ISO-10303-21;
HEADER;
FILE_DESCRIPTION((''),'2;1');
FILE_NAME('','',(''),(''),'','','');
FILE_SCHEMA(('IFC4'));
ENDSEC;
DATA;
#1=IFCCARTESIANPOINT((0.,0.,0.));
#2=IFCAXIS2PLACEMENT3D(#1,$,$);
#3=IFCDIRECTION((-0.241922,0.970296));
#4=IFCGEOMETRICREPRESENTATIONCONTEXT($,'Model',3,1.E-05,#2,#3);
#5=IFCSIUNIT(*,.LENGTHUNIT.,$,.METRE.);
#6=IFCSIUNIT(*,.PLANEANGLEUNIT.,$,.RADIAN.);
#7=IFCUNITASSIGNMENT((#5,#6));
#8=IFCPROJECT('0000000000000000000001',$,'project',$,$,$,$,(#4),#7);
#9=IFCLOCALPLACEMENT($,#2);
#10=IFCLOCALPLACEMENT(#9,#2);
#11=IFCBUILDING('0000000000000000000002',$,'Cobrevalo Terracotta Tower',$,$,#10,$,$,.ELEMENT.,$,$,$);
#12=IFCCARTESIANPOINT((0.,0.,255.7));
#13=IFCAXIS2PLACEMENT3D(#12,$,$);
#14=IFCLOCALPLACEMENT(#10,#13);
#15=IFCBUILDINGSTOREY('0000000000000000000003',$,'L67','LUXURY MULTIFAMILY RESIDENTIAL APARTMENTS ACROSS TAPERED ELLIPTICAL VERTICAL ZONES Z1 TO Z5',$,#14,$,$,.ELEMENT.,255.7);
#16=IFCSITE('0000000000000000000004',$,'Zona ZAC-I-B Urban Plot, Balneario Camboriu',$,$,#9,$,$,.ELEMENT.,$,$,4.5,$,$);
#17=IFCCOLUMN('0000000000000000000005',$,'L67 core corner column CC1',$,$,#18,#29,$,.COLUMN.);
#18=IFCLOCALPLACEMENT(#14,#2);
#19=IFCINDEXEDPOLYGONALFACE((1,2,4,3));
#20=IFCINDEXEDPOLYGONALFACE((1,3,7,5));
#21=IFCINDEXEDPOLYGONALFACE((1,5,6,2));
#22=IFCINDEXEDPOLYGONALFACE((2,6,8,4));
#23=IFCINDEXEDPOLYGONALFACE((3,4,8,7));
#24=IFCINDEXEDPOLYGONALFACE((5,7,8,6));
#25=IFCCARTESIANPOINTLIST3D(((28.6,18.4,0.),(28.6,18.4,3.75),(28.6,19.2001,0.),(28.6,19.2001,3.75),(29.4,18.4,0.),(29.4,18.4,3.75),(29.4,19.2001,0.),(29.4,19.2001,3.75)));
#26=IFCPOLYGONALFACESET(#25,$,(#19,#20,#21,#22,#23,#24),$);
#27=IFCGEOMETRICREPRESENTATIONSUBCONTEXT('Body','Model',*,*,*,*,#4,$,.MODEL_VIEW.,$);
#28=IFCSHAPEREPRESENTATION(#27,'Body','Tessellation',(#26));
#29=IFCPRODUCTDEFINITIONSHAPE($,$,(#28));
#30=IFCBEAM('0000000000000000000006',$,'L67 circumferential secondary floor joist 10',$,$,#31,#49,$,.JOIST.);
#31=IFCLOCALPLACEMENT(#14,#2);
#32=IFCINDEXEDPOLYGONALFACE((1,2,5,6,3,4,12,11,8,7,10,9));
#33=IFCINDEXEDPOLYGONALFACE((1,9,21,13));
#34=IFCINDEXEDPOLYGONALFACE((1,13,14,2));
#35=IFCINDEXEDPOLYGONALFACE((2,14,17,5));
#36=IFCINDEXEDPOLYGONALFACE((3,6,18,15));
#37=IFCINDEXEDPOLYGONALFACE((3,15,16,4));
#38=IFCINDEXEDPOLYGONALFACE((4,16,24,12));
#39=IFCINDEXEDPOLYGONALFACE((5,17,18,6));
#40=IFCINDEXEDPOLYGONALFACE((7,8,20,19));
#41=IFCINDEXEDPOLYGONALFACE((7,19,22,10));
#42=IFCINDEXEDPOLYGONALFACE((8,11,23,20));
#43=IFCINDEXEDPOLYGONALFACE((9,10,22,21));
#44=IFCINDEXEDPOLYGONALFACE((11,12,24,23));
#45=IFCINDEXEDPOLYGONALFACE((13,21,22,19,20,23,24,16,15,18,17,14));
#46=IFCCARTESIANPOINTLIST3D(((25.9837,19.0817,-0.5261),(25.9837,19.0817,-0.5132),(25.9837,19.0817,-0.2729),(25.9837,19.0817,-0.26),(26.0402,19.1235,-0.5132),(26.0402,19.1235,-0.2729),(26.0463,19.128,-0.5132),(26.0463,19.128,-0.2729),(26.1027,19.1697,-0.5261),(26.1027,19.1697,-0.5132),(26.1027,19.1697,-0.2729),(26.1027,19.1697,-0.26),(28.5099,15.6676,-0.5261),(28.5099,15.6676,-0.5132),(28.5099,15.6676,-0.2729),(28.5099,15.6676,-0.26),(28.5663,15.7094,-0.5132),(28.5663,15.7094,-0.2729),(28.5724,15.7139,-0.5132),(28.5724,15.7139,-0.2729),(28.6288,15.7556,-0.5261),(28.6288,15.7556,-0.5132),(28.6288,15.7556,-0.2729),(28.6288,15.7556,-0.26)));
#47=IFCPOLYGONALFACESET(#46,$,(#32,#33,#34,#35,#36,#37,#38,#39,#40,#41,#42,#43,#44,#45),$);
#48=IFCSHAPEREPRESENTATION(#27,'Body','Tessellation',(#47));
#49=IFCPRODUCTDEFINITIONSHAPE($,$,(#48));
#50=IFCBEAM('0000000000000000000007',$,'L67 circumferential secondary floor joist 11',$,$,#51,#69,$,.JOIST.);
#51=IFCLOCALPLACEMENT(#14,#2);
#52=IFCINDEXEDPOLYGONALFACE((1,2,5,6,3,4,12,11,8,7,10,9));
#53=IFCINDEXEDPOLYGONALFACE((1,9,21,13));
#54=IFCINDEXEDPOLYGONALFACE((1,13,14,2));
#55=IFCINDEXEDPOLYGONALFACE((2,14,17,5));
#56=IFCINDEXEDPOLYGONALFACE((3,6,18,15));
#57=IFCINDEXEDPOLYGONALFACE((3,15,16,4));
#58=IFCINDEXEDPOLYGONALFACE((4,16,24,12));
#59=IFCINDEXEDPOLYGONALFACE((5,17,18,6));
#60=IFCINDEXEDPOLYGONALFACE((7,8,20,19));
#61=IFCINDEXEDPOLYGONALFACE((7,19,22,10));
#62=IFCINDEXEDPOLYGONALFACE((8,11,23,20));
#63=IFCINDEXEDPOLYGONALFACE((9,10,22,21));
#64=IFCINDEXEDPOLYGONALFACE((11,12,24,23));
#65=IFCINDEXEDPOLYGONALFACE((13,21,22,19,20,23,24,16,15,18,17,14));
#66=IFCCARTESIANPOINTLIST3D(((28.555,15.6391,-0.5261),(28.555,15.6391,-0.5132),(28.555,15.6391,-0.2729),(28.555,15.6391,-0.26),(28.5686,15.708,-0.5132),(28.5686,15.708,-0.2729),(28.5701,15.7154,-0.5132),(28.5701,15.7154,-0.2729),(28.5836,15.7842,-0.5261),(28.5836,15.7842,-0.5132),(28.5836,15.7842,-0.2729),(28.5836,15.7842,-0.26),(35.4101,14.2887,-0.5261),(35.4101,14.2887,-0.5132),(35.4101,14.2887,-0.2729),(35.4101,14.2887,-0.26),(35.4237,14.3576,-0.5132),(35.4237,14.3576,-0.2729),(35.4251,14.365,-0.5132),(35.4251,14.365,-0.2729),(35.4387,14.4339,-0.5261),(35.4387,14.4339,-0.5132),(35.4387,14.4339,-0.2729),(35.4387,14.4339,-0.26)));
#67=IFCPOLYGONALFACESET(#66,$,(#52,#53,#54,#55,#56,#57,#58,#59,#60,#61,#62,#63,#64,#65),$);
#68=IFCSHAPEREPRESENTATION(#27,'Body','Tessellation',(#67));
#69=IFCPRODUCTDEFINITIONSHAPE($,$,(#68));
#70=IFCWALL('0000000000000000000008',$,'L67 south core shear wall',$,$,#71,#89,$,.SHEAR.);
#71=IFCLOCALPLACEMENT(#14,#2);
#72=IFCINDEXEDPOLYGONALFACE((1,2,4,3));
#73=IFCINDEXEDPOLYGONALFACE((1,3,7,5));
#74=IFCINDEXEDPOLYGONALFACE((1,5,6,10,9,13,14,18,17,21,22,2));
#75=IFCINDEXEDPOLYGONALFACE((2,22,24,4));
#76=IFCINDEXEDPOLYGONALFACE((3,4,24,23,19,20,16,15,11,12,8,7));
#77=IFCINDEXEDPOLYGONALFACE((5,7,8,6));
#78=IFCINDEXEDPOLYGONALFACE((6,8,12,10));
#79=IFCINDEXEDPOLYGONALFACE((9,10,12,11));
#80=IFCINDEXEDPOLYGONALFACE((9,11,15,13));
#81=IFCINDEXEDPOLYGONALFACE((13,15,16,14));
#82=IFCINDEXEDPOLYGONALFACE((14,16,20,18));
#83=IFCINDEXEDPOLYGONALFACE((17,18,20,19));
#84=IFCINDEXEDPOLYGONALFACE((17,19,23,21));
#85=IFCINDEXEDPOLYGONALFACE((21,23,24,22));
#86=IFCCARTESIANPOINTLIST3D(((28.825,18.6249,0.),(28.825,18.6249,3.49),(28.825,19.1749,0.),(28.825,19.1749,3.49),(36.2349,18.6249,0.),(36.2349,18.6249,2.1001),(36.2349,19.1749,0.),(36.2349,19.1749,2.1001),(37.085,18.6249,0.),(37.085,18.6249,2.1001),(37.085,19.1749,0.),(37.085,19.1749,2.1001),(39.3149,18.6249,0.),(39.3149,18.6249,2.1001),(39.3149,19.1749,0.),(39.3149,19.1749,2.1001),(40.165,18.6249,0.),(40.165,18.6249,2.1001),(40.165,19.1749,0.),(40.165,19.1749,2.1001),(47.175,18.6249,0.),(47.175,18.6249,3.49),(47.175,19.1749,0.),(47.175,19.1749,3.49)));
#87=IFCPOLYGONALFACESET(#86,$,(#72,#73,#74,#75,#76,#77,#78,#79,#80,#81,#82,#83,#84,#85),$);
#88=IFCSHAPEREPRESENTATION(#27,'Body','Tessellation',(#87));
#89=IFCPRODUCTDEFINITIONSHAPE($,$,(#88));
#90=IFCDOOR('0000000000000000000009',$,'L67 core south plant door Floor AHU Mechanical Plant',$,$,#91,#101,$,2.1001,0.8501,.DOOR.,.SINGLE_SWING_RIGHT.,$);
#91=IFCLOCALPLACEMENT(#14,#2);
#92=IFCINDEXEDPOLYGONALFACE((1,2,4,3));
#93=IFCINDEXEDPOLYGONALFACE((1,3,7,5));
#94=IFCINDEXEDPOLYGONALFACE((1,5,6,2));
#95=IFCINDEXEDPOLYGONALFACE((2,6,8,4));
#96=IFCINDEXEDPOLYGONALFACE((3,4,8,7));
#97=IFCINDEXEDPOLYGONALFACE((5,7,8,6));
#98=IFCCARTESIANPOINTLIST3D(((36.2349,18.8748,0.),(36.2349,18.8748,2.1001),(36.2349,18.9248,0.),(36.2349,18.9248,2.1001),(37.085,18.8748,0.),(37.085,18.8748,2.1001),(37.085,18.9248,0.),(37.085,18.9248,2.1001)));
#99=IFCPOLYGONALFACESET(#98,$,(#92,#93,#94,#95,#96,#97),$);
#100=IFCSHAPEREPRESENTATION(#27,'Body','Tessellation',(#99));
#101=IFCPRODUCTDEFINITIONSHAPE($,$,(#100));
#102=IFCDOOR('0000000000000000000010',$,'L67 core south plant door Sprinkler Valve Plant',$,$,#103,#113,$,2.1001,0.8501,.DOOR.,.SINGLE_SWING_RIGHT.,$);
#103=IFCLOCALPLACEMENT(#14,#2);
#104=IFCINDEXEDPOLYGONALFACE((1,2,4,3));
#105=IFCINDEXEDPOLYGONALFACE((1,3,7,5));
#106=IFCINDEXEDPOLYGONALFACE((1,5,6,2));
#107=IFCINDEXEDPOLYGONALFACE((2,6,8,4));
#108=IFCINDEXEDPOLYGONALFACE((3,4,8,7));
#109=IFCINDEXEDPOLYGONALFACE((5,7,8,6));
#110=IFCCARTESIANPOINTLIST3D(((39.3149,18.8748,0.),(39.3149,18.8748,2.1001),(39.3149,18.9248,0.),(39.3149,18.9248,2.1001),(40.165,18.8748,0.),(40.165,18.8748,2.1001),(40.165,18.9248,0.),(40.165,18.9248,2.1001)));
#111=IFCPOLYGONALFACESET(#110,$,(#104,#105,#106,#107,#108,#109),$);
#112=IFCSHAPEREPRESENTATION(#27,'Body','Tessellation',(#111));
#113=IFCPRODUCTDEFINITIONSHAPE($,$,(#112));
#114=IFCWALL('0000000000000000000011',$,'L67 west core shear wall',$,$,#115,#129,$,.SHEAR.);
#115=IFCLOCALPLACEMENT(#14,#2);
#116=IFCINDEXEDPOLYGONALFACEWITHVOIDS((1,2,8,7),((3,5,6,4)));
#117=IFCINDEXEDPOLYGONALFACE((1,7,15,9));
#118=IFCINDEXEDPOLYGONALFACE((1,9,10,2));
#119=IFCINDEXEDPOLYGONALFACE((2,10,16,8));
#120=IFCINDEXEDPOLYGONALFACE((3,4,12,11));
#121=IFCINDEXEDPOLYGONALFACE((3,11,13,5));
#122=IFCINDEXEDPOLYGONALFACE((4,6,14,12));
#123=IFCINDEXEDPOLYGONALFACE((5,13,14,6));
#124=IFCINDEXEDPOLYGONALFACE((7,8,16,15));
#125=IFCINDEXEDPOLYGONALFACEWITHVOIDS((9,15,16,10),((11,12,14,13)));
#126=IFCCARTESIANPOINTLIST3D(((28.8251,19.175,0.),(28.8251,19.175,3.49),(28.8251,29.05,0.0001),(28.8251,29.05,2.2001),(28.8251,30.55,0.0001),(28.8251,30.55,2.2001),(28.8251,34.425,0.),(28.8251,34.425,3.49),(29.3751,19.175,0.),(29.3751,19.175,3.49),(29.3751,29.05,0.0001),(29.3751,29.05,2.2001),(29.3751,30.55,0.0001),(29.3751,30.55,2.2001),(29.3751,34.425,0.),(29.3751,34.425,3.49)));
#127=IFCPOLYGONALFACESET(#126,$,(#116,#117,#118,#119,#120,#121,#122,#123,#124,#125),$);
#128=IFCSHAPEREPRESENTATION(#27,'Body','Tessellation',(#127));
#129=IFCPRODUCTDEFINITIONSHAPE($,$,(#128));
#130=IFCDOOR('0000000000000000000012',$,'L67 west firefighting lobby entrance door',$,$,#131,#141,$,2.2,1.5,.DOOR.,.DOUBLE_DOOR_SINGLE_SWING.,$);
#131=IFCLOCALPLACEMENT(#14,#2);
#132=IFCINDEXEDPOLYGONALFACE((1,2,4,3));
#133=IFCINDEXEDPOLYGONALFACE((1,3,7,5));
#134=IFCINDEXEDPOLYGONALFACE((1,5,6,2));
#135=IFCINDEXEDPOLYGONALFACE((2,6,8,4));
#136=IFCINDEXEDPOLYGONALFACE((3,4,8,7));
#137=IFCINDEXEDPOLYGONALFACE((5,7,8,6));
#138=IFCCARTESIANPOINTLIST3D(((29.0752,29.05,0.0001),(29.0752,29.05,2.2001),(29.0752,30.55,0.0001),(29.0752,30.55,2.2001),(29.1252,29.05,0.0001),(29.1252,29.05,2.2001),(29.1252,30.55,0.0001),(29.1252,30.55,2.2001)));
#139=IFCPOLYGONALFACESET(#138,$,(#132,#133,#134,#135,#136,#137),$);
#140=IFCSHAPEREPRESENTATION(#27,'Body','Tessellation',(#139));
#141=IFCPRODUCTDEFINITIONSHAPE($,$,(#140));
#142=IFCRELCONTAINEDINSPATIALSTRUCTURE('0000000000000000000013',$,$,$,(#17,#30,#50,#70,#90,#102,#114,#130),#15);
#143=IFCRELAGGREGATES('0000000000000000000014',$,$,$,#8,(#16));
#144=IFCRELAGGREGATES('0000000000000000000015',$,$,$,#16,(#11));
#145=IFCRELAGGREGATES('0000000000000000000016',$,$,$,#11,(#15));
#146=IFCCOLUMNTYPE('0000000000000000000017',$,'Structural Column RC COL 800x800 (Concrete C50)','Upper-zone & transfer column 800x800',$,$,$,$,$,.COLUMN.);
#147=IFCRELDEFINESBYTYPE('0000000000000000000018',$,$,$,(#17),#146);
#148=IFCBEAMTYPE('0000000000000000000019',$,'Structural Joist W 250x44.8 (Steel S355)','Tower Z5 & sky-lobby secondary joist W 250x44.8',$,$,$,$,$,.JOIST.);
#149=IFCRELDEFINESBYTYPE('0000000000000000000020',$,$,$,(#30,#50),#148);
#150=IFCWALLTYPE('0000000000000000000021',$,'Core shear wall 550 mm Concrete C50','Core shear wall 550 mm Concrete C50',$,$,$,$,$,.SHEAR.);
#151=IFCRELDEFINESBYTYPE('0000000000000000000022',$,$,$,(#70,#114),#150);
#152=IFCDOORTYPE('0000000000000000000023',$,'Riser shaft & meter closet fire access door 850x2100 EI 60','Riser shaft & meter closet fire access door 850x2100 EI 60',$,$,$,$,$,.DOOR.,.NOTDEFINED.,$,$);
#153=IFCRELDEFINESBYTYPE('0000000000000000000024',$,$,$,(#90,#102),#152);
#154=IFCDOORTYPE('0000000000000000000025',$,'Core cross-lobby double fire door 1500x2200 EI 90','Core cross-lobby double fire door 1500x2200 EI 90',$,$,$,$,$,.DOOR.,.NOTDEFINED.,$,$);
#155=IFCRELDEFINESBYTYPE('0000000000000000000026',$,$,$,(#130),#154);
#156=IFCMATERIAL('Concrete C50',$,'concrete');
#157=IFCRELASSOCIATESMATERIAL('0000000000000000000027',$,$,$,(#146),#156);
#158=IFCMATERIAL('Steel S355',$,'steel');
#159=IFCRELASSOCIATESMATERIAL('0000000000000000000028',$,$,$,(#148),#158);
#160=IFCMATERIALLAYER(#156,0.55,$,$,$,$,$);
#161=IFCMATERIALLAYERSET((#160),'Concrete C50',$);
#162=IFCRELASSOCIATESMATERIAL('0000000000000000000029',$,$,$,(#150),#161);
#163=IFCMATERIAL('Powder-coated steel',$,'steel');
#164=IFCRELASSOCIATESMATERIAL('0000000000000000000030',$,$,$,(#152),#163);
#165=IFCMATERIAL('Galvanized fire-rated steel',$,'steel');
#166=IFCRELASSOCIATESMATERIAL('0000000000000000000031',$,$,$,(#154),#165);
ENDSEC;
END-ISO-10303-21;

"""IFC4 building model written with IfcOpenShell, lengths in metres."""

from ifc_helpers import new_model, si_unit, direction, frame, frame_2d, origin, origin_2d, place, context, subcontext, project, spatial, rectangle, i_section, extrude, source, transform, mapped, material, layer, layer_set, material_profile, profile_set, type_object, element, fill, save


model = new_model("IFC4")

# Units and contexts
model_context = context("Model", 3, precision=1e-05, world=origin(), true_north=direction((-0.241922, 0.970296)))
body_context = subcontext(model_context, "Body", "Model", "MODEL_VIEW")
ifc_project = project(units=[si_unit("LENGTHUNIT", "METRE"), si_unit("PLANEANGLEUNIT", "RADIAN")], contexts=[model_context])

# Site, building, storey
site_placement = place(None, origin())
site = spatial("IfcSite", under=ifc_project, at=site_placement, Name="Zona ZAC-I-B Urban Plot, Balneario Camboriu", CompositionType="ELEMENT", RefElevation=4.5)
building_placement = place(site_placement, origin())
building = spatial("IfcBuilding", under=site, at=building_placement, Name="Cobrevalo Terracotta Tower", CompositionType="ELEMENT")
storey_placement = place(building_placement, frame((0.0, 0.0, 255.7)))
storey = spatial("IfcBuildingStorey", under=building, at=storey_placement, Name="L67", Description="LUXURY MULTIFAMILY RESIDENTIAL APARTMENTS ACROSS TAPERED ELLIPTICAL VERTICAL ZONES Z1 TO Z5", CompositionType="ELEMENT", Elevation=255.7)

# Column
ifc_material_1 = material(Name="Concrete C50", Category="concrete")
ifc_material_profile_1 = material_profile(ifc_material_1, rectangle(XDim=0.8, YDim=0.8, at=origin_2d()), Name="RC COL 800x800")
ifc_profile_set_1 = profile_set([ifc_material_profile_1], Name="Concrete C50")
column_type = type_object("IfcColumnType", Name="Structural Column RC COL 800x800 (Concrete C50)", Description="Upper-zone & transfer column 800x800", PredefinedType="COLUMN", material=ifc_profile_set_1)
column_placement = place(storey_placement, frame((29.0, 18.8, 0.0), z_axis=(0.0, 0.0, 1.0), x_axis=(1.0, 0.0, 0.0)))
element("IfcColumn", 1, at=column_placement, inside=storey, type_object=column_type, Name="L67 core corner column CC1", PredefinedType="COLUMN", context=body_context, shape_type="SweptSolid", body=[
    extrude(rectangle(XDim=0.8, YDim=0.8, at=origin_2d()), origin(), (0.0, 0.0, 1.0), 3.75),
])

# Beams
ifc_material_2 = material(Name="Steel S355", Category="steel")
ifc_material_profile_2 = material_profile(ifc_material_2, i_section(OverallWidth=0.1479, OverallDepth=0.2661, WebThickness=0.0076, FlangeThickness=0.0129, at=origin_2d()), Name="W 250x44.8")
ifc_profile_set_2 = profile_set([ifc_material_profile_2], Name="Steel S355")
beam_type = type_object("IfcBeamType", Name="Structural Joist W 250x44.8 (Steel S355)", Description="Tower Z5 & sky-lobby secondary joist W 250x44.8", PredefinedType="JOIST", material=ifc_profile_set_2)
beam_1_placement = place(storey_placement, frame((26.0432, 19.1257, -0.3931), z_axis=(0.5948, -0.803874, 0.0), x_axis=(0.803874, 0.5948, 0.0)))
element("IfcBeam", 2, at=beam_1_placement, inside=storey, type_object=beam_type, Name="L67 circumferential secondary floor joist 10", PredefinedType="JOIST", context=body_context, shape_type="SweptSolid", body=[
    extrude(i_section(OverallWidth=0.1479, OverallDepth=0.2661, WebThickness=0.0076, FlangeThickness=0.0129, at=origin_2d()), origin(), (0.0, 0.0, 1.0), 4.2471),
])
beam_2_placement = place(storey_placement, frame((28.5693, 15.7117, -0.3931), z_axis=(0.981145, -0.193273, 0.0), x_axis=(0.193273, 0.981145, 0.0)))
element("IfcBeam", 3, at=beam_2_placement, inside=storey, type_object=beam_type, Name="L67 circumferential secondary floor joist 11", PredefinedType="JOIST", context=body_context, shape_type="SweptSolid", body=[
    extrude(i_section(OverallWidth=0.1479, OverallDepth=0.2661, WebThickness=0.0076, FlangeThickness=0.0129, at=origin_2d()), origin(), (0.0, 0.0, 1.0), 6.9868),
])

# Wall, openings, doors
ifc_layer_1 = layer(ifc_material_1, 0.55)
ifc_layer_set_1 = layer_set([ifc_layer_1], Name="Concrete C50")
wall_type_1 = type_object("IfcWallType", Name="Core shear wall 550 mm Concrete C50", Description="Core shear wall 550 mm Concrete C50", PredefinedType="SHEAR", material=ifc_layer_set_1)
wall_1_placement = place(storey_placement, frame((28.825, 18.8999, 0.0), z_axis=(0.0, 0.0, 1.0), x_axis=(1.0, 0.0, 0.0)))
wall_1 = element("IfcWall", 4, at=wall_1_placement, inside=storey, type_object=wall_type_1, Name="L67 south core shear wall", PredefinedType="SHEAR", context=body_context, shape_type="SweptSolid", body=[
    extrude(rectangle(XDim=18.3501, YDim=0.55, at=frame_2d((9.175, 0.0))), origin(), (0.0, 0.0, 1.0), 3.49),
])
opening_1_placement = place(wall_1_placement, frame((7.4099, 0.0, 0.0)))
opening_1 = element("IfcOpeningElement", 5, at=opening_1_placement, cuts=wall_1, PredefinedType="OPENING", context=body_context, shape_type="SweptSolid", body=[
    extrude(rectangle(XDim=0.8501, YDim=2.1001, at=frame_2d((0.425, 1.05))), frame((0.0, 0.2852, 0.0), z_axis=(0.0, -1.0, 0.0), x_axis=(1.0, 0.0, 0.0)), (0.0, 0.0, 1.0), 0.5701),
])
opening_2_placement = place(wall_1_placement, frame((10.49, 0.0, 0.0)))
opening_2 = element("IfcOpeningElement", 6, at=opening_2_placement, cuts=wall_1, PredefinedType="OPENING", context=body_context, shape_type="SweptSolid", body=[
    extrude(rectangle(XDim=0.8501, YDim=2.1001, at=frame_2d((0.425, 1.05))), frame((0.0, 0.2852, 0.0), z_axis=(0.0, -1.0, 0.0), x_axis=(1.0, 0.0, 0.0)), (0.0, 0.0, 1.0), 0.5701),
])
ifc_material_3 = material(Name="Powder-coated steel", Category="steel")
door_type_1 = type_object("IfcDoorType", Name="Riser shaft & meter closet fire access door 850x2100 EI 60", Description="Riser shaft & meter closet fire access door 850x2100 EI 60", OperationType="NOTDEFINED", PredefinedType="DOOR", material=ifc_material_3)
shared_shape_1 = source(origin(), body_context, "Body", "SweptSolid", [
    extrude(rectangle(XDim=0.8501, YDim=2.1001, at=frame_2d((0.425, 1.05))), frame((0.0, 0.0249, 0.0), z_axis=(0.0, -1.0, 0.0), x_axis=(1.0, 0.0, 0.0)), (0.0, 0.0, 1.0), 0.05),
])
door_1_placement = place(opening_1_placement, origin())
door_1 = element("IfcDoor", 7, at=door_1_placement, inside=storey, type_object=door_type_1, Name="L67 core south plant door Floor AHU Mechanical Plant", OperationType="SINGLE_SWING_RIGHT", OverallHeight=2.1001, OverallWidth=0.8501, PredefinedType="DOOR", context=body_context, shape_type="MappedRepresentation", body=[
    mapped(shared_shape_1, transform((0.0, 0.0, 0.0), scale=1.0)),
])
fill(opening_1, door_1)
door_2_placement = place(opening_2_placement, origin())
door_2 = element("IfcDoor", 8, at=door_2_placement, inside=storey, type_object=door_type_1, Name="L67 core south plant door Sprinkler Valve Plant", OperationType="SINGLE_SWING_RIGHT", OverallHeight=2.1001, OverallWidth=0.8501, PredefinedType="DOOR", context=body_context, shape_type="MappedRepresentation", body=[
    mapped(shared_shape_1, transform((0.0, 0.0, 0.0), scale=1.0)),
])
fill(opening_2, door_2)

# Wall, opening, door
wall_2_placement = place(storey_placement, frame((29.1001, 19.175, 0.0), z_axis=(0.0, 0.0, 1.0), x_axis=(0.0, 1.0, 0.0)))
wall_2 = element("IfcWall", 9, at=wall_2_placement, inside=storey, type_object=wall_type_1, Name="L67 west core shear wall", PredefinedType="SHEAR", context=body_context, shape_type="SweptSolid", body=[
    extrude(rectangle(XDim=15.25, YDim=0.55, at=frame_2d((7.625, 0.0))), origin(), (0.0, 0.0, 1.0), 3.49),
])
opening_3_placement = place(wall_2_placement, frame((9.875, 0.0, 0.0)))
opening_3 = element("IfcOpeningElement", 10, at=opening_3_placement, cuts=wall_2, PredefinedType="OPENING", context=body_context, shape_type="SweptSolid", body=[
    extrude(rectangle(XDim=1.5, YDim=2.2, at=frame_2d((0.75, 1.1001))), frame((0.0, 0.2852, 0.0), z_axis=(0.0, -1.0, 0.0), x_axis=(1.0, 0.0, 0.0)), (0.0, 0.0, 1.0), 0.5701),
])
ifc_material_4 = material(Name="Galvanized fire-rated steel", Category="steel")
door_type_2 = type_object("IfcDoorType", Name="Core cross-lobby double fire door 1500x2200 EI 90", Description="Core cross-lobby double fire door 1500x2200 EI 90", OperationType="NOTDEFINED", PredefinedType="DOOR", material=ifc_material_4)
shared_shape_2 = source(origin(), body_context, "Body", "SweptSolid", [
    extrude(rectangle(XDim=1.5, YDim=2.2, at=frame_2d((0.75, 1.1001))), frame((0.0, 0.0249, 0.0), z_axis=(0.0, -1.0, 0.0), x_axis=(1.0, 0.0, 0.0)), (0.0, 0.0, 1.0), 0.05),
])
door_3_placement = place(opening_3_placement, origin())
door_3 = element("IfcDoor", 11, at=door_3_placement, inside=storey, type_object=door_type_2, Name="L67 west firefighting lobby entrance door", OperationType="DOUBLE_DOOR_SINGLE_SWING", OverallHeight=2.2, OverallWidth=1.5, PredefinedType="DOOR", context=body_context, shape_type="MappedRepresentation", body=[
    mapped(shared_shape_2, transform((0.0, 0.0, 0.0), scale=1.0)),
])
fill(opening_3, door_3)

save(model, "model.ifc")
